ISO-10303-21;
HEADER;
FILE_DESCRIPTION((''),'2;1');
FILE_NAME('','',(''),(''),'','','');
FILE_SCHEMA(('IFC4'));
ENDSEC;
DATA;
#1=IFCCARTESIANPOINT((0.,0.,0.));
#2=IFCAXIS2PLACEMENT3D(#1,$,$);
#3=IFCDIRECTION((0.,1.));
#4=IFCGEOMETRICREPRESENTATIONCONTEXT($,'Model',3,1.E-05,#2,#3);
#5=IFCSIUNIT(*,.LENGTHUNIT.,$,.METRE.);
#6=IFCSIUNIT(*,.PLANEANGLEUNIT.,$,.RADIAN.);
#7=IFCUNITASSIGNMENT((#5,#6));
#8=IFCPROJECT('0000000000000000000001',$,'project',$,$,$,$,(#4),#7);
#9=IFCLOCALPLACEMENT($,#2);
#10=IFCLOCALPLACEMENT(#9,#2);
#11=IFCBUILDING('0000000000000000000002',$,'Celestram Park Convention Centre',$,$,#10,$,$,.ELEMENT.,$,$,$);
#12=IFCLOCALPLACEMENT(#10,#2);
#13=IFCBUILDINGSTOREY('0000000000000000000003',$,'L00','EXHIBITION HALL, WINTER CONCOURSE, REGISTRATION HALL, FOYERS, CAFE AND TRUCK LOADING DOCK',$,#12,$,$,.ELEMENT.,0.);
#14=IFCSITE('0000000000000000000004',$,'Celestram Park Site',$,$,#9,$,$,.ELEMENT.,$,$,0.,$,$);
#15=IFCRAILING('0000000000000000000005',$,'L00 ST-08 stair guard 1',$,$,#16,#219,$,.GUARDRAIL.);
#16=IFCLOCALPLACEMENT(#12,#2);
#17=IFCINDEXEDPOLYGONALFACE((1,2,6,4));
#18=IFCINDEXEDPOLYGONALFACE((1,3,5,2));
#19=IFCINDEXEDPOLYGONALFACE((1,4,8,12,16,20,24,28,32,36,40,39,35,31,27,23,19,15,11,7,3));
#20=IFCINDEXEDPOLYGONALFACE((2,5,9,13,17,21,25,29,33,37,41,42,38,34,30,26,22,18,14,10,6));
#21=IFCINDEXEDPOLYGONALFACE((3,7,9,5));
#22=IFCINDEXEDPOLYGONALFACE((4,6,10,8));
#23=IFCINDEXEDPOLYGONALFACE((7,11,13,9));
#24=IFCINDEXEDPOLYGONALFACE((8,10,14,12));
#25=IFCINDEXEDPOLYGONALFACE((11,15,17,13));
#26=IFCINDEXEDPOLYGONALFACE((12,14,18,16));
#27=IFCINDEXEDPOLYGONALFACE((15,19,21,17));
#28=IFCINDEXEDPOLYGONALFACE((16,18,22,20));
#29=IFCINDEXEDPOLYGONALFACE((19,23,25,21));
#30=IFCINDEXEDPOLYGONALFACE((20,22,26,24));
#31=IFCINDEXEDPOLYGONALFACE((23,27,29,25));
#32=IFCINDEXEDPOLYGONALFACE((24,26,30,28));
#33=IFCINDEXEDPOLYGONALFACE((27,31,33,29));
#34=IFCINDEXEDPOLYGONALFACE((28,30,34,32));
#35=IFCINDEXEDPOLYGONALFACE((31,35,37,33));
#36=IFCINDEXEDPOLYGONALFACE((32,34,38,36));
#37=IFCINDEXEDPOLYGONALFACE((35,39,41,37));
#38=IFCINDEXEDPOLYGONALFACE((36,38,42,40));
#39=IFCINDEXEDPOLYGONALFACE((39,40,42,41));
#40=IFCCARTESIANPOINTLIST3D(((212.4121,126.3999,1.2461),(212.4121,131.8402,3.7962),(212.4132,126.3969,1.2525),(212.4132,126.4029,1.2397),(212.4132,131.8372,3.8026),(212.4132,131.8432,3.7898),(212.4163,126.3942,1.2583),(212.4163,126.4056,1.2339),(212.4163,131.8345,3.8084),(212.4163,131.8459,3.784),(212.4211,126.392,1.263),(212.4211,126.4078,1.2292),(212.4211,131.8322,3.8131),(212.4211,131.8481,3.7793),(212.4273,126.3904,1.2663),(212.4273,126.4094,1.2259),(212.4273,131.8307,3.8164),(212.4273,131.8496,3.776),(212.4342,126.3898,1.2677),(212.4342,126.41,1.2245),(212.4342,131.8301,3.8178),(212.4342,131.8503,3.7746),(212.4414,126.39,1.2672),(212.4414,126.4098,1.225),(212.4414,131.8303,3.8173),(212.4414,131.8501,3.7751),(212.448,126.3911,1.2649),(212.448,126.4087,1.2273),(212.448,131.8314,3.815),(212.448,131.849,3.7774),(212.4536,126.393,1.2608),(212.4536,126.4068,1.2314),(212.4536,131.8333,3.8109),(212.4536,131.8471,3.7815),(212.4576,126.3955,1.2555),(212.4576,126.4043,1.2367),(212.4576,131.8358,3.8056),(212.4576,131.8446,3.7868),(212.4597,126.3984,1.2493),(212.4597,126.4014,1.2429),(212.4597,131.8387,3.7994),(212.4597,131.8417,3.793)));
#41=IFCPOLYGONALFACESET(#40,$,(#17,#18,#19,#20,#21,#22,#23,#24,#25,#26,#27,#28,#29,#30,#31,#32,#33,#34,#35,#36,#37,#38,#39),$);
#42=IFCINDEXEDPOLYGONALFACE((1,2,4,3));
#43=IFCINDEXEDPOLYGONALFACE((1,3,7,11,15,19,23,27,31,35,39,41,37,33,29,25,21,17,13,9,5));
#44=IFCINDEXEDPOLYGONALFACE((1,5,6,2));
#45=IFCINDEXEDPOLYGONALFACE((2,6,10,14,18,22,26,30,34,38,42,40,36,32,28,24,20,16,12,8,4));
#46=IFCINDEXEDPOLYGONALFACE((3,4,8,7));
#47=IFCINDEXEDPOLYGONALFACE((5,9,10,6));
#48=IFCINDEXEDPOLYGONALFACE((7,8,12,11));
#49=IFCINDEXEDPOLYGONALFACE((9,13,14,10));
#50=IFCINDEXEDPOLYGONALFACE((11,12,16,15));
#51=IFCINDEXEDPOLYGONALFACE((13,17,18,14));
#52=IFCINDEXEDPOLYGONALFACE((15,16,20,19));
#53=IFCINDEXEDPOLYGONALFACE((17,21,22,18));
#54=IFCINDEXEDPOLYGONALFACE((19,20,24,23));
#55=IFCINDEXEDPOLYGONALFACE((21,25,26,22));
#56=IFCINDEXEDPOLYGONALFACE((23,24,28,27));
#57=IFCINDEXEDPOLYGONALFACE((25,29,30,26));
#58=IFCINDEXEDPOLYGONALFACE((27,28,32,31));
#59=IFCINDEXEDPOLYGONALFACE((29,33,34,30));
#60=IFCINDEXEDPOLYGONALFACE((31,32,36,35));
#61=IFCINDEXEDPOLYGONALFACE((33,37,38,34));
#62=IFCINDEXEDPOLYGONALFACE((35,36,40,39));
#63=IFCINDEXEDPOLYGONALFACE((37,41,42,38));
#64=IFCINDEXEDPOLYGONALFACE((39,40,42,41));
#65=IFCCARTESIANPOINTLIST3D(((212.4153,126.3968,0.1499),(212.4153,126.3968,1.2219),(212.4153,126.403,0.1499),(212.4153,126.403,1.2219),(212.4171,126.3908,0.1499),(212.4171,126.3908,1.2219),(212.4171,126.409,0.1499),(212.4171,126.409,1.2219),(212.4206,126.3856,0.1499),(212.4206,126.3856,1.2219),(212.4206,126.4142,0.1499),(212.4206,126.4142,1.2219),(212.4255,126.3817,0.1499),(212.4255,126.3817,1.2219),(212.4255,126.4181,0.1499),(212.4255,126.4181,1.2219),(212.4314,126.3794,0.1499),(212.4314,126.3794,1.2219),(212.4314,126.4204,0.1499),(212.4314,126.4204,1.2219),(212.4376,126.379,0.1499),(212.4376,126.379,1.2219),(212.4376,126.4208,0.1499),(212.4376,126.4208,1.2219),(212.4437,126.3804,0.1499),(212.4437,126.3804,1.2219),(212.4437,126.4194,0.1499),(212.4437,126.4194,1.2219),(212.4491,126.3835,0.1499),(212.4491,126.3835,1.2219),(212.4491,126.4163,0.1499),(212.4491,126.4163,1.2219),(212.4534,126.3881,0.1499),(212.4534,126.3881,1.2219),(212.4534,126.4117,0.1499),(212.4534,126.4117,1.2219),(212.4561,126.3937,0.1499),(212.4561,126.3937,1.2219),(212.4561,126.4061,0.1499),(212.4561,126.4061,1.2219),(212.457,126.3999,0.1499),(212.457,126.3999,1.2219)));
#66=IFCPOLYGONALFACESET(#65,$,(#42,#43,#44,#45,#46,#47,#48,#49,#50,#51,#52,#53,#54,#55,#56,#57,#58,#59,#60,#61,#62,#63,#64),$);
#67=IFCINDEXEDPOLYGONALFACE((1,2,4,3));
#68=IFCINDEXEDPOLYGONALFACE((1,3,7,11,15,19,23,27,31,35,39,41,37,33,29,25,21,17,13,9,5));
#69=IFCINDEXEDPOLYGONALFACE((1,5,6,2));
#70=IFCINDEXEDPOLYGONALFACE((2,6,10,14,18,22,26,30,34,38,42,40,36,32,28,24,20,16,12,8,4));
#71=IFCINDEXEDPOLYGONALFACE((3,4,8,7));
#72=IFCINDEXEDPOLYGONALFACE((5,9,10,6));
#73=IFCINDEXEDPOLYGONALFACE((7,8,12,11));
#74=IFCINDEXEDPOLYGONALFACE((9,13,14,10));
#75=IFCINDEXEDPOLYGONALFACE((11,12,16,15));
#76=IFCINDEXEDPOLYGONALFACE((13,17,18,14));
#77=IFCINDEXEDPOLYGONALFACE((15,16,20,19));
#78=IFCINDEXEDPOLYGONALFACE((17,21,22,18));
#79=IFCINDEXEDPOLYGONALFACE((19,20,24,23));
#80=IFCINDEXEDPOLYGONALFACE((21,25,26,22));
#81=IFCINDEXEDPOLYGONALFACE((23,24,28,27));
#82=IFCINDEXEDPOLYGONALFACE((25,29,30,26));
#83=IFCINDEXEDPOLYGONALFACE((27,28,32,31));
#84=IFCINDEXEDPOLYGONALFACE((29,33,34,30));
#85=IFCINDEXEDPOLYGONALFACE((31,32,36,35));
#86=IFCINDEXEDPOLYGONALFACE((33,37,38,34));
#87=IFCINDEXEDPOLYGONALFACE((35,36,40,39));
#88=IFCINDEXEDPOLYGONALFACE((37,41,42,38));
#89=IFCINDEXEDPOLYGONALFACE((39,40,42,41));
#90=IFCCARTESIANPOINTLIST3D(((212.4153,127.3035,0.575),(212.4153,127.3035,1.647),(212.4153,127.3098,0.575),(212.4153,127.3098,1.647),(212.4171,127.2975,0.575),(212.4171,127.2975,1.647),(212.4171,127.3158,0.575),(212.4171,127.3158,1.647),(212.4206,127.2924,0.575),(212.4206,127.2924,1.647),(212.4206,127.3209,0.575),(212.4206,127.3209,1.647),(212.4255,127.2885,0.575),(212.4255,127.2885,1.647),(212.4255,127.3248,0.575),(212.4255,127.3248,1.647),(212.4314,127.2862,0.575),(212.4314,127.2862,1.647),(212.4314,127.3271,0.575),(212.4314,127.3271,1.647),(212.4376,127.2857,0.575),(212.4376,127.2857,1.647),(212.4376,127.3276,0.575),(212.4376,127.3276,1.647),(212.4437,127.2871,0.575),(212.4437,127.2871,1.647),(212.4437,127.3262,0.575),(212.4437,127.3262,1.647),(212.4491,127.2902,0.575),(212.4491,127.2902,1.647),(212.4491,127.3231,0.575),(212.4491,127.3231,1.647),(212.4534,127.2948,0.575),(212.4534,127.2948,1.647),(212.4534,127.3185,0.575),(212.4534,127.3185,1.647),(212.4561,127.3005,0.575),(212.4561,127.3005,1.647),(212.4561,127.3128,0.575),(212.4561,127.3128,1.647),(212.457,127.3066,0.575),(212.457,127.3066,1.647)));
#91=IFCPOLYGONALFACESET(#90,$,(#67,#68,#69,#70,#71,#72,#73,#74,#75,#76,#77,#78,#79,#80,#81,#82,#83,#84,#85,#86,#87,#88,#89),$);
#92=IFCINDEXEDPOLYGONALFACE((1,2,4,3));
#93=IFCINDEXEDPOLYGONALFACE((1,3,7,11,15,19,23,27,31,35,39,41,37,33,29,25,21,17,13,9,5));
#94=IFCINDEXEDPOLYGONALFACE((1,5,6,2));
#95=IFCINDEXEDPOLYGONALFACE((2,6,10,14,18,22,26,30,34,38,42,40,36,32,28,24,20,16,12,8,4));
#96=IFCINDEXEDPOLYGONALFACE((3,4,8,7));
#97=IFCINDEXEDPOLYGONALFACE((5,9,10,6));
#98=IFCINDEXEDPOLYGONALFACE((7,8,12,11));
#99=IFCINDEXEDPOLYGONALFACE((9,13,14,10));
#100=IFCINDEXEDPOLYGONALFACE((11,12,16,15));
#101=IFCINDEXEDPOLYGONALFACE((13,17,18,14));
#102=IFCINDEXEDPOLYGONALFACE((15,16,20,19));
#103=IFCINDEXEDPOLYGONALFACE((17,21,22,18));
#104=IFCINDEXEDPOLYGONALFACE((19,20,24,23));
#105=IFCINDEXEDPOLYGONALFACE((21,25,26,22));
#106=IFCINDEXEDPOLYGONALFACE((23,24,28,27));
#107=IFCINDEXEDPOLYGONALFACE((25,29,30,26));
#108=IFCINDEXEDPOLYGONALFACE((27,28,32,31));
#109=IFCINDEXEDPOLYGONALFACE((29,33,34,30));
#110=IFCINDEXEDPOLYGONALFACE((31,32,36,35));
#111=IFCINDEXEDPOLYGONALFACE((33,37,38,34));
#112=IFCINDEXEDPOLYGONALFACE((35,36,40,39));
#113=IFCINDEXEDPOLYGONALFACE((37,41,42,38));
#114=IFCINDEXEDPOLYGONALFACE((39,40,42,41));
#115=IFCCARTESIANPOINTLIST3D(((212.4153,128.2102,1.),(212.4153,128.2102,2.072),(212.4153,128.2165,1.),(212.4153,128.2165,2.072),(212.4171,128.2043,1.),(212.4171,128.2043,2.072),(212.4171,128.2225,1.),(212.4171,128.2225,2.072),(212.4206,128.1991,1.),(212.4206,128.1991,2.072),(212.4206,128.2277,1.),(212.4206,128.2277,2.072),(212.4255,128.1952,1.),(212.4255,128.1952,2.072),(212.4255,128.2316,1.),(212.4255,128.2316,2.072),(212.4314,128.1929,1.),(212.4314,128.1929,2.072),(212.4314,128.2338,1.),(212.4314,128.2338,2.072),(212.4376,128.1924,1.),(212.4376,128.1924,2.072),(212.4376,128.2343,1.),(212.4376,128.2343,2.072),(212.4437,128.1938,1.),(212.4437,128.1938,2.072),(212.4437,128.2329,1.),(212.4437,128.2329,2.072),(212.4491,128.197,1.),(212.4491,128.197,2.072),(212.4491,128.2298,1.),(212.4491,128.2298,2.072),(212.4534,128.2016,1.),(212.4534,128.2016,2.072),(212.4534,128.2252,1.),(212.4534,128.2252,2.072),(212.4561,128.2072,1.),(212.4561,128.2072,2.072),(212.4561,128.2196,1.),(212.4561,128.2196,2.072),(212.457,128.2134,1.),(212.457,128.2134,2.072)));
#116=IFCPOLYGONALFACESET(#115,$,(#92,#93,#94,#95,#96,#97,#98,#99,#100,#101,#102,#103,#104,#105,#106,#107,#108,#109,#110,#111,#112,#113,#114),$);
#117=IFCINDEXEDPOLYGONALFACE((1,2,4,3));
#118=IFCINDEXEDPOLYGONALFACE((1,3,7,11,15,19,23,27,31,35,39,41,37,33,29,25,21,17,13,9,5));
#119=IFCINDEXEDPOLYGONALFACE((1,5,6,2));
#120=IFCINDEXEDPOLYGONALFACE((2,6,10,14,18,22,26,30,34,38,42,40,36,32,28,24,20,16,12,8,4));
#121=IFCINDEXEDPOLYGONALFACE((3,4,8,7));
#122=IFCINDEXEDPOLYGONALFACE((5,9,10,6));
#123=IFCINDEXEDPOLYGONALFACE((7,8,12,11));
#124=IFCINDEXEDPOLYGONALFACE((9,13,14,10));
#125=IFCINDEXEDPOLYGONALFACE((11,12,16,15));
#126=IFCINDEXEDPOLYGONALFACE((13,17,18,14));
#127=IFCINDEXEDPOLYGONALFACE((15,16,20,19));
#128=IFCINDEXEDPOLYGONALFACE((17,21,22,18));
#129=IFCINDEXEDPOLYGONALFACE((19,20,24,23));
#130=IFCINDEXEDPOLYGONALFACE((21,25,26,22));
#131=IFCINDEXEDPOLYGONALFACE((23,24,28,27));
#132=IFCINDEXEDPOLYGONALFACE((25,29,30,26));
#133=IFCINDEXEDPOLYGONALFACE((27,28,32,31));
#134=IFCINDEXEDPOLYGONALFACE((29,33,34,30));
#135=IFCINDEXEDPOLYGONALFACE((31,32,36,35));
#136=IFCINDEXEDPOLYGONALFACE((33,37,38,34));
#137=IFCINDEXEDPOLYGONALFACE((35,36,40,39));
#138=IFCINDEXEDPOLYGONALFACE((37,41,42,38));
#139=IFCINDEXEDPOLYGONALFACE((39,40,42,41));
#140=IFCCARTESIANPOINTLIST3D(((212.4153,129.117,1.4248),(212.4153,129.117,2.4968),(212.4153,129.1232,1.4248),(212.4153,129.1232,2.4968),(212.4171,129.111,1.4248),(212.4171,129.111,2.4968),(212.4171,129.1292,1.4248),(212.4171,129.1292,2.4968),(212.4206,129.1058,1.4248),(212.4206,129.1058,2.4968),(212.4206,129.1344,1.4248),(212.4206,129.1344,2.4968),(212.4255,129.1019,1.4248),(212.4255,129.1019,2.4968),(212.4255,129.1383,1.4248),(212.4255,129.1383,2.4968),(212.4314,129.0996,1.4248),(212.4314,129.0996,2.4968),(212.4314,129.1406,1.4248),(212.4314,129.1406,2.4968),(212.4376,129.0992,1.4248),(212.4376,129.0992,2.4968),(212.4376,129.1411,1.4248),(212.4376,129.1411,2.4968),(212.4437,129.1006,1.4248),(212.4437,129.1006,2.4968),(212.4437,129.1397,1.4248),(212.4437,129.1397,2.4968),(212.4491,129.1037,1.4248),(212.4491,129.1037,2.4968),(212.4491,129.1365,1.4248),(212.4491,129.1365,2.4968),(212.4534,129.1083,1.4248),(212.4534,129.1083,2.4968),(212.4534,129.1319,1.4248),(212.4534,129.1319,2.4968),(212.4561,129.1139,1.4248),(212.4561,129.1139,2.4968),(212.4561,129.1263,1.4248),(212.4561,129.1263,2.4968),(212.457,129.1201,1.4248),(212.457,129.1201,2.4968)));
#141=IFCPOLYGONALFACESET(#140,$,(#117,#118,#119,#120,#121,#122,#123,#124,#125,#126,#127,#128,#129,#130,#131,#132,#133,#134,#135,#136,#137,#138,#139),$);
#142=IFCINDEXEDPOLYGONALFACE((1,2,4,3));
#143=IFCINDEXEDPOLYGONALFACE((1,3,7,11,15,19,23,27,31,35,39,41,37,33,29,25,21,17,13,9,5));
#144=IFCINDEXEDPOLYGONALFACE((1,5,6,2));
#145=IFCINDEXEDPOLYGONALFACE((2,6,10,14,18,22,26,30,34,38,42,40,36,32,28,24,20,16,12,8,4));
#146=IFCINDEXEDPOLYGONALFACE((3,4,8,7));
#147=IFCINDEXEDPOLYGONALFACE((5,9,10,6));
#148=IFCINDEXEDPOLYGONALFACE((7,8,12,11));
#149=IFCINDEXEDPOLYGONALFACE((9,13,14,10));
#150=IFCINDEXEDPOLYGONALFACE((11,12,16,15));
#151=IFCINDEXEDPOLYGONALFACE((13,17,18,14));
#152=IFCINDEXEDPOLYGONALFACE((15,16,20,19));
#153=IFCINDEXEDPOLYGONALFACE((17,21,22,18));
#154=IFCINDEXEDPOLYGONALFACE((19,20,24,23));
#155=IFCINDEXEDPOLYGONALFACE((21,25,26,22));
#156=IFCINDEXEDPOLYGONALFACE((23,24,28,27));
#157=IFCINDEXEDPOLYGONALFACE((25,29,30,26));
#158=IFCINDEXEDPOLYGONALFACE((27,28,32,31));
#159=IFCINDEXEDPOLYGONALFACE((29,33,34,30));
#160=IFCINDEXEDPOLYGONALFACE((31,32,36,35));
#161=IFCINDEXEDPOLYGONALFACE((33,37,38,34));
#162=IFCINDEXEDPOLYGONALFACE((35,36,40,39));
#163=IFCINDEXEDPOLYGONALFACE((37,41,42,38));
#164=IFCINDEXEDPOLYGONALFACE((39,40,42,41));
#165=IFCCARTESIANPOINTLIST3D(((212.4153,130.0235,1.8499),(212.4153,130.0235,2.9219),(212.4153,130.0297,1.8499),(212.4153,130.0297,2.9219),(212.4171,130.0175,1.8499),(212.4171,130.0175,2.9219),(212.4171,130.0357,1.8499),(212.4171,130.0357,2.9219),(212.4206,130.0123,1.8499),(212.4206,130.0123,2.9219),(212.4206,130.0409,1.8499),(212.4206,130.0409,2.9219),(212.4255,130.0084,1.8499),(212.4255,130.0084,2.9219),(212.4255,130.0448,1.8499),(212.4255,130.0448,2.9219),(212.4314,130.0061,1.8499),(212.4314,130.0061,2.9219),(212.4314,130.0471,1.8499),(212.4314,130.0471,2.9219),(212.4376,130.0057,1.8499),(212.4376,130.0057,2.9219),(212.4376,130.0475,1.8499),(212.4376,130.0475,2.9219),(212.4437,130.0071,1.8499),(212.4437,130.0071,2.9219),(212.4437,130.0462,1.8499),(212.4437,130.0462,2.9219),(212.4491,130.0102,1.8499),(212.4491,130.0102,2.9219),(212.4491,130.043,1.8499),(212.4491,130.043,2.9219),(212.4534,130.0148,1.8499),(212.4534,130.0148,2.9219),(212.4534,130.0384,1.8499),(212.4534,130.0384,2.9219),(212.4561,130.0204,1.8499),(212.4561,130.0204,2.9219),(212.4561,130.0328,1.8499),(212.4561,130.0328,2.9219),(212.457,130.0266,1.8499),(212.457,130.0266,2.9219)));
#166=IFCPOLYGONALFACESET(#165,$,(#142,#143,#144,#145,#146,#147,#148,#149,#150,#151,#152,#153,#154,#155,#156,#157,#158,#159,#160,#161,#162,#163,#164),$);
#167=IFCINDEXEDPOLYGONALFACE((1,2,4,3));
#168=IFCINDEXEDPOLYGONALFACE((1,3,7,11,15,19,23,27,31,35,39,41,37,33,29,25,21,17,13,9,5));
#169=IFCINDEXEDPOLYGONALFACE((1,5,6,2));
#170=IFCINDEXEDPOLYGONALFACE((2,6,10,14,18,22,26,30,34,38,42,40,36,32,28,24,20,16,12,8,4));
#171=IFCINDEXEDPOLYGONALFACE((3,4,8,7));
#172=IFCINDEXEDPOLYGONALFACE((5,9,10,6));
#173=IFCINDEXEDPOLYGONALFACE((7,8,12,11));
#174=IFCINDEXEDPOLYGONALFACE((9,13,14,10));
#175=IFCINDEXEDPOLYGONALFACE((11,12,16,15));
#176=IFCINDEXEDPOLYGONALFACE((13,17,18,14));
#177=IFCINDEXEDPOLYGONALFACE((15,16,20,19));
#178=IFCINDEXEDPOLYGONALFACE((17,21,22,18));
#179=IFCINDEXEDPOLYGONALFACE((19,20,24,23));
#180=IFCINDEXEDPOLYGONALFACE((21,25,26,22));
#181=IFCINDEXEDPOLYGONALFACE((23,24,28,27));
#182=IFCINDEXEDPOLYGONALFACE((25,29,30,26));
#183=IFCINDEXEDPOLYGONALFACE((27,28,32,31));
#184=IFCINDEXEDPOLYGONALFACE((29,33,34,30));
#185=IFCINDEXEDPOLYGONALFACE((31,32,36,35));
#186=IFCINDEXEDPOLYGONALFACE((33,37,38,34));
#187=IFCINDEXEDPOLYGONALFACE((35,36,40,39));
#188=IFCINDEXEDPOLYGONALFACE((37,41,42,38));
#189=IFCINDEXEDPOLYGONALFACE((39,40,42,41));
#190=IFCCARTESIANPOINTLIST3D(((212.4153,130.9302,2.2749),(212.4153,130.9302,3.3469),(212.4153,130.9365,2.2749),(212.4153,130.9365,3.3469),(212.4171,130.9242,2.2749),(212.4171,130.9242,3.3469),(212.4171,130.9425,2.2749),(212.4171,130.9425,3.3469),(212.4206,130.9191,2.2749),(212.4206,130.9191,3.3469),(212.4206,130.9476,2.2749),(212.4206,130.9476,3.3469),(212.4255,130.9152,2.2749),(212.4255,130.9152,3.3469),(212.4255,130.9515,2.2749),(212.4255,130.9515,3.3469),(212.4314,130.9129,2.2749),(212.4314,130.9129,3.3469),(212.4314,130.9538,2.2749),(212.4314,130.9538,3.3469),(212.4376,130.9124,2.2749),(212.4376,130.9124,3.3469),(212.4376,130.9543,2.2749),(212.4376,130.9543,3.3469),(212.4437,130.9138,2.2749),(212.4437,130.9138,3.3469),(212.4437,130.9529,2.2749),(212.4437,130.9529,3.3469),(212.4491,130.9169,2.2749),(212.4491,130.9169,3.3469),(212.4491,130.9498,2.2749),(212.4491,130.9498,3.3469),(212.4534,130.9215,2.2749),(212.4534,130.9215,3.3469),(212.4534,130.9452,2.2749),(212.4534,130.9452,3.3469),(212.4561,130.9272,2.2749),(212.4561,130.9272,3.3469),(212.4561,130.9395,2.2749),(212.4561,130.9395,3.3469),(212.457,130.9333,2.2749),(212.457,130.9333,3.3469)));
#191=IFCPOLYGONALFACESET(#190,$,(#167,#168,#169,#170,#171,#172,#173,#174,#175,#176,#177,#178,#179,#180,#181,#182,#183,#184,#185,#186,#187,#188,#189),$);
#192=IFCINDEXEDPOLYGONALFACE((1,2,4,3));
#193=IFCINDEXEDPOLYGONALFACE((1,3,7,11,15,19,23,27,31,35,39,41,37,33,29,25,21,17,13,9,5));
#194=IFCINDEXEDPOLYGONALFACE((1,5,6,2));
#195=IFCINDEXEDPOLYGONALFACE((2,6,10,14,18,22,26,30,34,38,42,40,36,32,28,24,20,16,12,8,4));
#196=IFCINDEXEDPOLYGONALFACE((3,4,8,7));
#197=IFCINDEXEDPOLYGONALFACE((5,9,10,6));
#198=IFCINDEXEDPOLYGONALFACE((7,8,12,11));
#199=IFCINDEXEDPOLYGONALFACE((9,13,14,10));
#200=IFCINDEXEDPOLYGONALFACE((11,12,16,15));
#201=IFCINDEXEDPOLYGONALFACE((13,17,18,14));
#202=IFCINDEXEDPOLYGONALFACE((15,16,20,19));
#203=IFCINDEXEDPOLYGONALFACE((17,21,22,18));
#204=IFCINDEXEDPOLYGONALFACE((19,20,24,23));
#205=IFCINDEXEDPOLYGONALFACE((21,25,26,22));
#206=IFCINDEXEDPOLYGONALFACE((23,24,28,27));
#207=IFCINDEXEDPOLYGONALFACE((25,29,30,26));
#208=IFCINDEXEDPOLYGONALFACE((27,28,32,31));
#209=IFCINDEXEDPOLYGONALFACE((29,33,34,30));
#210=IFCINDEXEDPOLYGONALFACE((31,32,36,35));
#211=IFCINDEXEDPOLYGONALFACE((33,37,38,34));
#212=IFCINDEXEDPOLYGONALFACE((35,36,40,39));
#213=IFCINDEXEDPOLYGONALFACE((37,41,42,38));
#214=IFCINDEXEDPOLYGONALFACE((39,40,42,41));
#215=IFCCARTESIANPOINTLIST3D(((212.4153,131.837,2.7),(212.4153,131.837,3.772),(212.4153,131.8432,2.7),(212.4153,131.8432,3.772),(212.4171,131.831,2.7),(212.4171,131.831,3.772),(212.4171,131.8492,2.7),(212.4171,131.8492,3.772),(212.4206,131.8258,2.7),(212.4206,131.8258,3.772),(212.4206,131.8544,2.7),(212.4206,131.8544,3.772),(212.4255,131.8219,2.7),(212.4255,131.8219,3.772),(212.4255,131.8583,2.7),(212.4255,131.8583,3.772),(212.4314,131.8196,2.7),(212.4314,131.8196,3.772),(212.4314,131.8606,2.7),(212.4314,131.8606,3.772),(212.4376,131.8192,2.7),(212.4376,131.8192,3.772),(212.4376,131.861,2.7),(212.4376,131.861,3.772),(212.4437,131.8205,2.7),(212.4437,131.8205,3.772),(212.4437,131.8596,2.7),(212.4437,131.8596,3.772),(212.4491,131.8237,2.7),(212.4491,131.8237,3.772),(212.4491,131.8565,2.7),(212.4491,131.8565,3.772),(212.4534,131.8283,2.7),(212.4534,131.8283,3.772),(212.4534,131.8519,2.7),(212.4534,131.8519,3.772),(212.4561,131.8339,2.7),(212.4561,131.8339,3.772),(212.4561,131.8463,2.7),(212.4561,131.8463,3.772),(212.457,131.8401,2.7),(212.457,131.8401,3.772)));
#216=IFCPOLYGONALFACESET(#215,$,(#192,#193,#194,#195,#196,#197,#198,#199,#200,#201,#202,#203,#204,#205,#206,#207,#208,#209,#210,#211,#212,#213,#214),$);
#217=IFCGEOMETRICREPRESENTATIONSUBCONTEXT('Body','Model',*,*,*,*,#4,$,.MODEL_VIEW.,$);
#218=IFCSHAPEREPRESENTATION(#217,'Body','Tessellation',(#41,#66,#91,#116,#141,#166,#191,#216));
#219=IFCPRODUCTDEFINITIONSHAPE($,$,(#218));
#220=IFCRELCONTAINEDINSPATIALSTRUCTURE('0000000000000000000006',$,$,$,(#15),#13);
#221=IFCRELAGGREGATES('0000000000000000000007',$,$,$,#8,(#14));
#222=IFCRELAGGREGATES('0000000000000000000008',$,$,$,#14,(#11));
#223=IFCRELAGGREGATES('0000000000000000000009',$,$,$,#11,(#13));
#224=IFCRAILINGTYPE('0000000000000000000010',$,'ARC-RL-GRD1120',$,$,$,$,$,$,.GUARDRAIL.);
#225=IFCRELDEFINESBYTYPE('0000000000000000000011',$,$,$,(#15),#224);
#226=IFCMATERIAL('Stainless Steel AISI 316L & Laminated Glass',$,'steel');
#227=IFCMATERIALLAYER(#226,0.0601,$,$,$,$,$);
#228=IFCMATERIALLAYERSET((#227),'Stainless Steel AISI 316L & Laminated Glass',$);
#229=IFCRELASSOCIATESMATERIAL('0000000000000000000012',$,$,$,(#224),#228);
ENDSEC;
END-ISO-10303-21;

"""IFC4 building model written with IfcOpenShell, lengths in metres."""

from ifc_helpers import new_model, si_unit, direction, frame, origin, origin_2d, place, context, subcontext, project, spatial, circle, extrude, material, layer, layer_set, type_object, element, save


model = new_model("IFC4")

# Units and contexts
model_context = context("Model", 3, precision=1e-05, world=origin(), true_north=direction((0.0, 1.0)))
body_context = subcontext(model_context, "Body", "Model", "MODEL_VIEW")
ifc_project = project(units=[si_unit("LENGTHUNIT", "METRE"), si_unit("PLANEANGLEUNIT", "RADIAN")], contexts=[model_context])

# Site, building, storey
site_placement = place(None, origin())
site = spatial("IfcSite", under=ifc_project, at=site_placement, Name="Celestram Park Site", CompositionType="ELEMENT", RefElevation=0.0)
building_placement = place(site_placement, origin())
building = spatial("IfcBuilding", under=site, at=building_placement, Name="Celestram Park Convention Centre", CompositionType="ELEMENT")
storey_placement = place(building_placement, origin())
storey = spatial("IfcBuildingStorey", under=building, at=storey_placement, Name="L00", Description="EXHIBITION HALL, WINTER CONCOURSE, REGISTRATION HALL, FOYERS, CAFE AND TRUCK LOADING DOCK", CompositionType="ELEMENT", Elevation=0.0)

# Railing
ifc_material_1 = material(Name="Stainless Steel AISI 316L & Laminated Glass", Category="steel")
ifc_layer_1 = layer(ifc_material_1, 0.0601)
ifc_layer_set_1 = layer_set([ifc_layer_1], Name="Stainless Steel AISI 316L & Laminated Glass")
railing_type_1 = type_object("IfcRailingType", Name="ARC-RL-GRD1120", PredefinedType="GUARDRAIL", material=ifc_layer_set_1)
railing_1_placement = place(storey_placement, frame((212.436, 126.3999, 0.1499)))
element("IfcRailing", 1, at=railing_1_placement, inside=storey, type_object=railing_type_1, Name="L00 ST-08 stair guard 1", PredefinedType="GUARDRAIL", context=body_context, shape_type="SweptSolid", body=[
    extrude(circle(Radius=0.0239, at=origin_2d()), frame((0.0, 0.0, 1.0962), z_axis=(0.0, 0.905461, 0.424429), x_axis=(-1.0, 0.0, 0.0)), (0.0, 0.0, 1.0), 6.0083),
    extrude(circle(Radius=0.021, at=origin_2d()), origin(), (0.0, 0.0, 1.0), 1.072),
    extrude(circle(Radius=0.021, at=origin_2d()), frame((0.0, 0.9067, 0.425)), (0.0, 0.0, 1.0), 1.072),
    extrude(circle(Radius=0.021, at=origin_2d()), frame((0.0, 1.8135, 0.8501)), (0.0, 0.0, 1.0), 1.072),
    extrude(circle(Radius=0.021, at=origin_2d()), frame((0.0, 2.7202, 1.2749)), (0.0, 0.0, 1.0), 1.072),
    extrude(circle(Radius=0.021, at=origin_2d()), frame((0.0, 3.6267, 1.7)), (0.0, 0.0, 1.0), 1.072),
    extrude(circle(Radius=0.021, at=origin_2d()), frame((0.0, 4.5334, 2.125)), (0.0, 0.0, 1.0), 1.072),
    extrude(circle(Radius=0.021, at=origin_2d()), frame((0.0, 5.4402, 2.55)), (0.0, 0.0, 1.0), 1.072),
])

save(model, "model.ifc")
